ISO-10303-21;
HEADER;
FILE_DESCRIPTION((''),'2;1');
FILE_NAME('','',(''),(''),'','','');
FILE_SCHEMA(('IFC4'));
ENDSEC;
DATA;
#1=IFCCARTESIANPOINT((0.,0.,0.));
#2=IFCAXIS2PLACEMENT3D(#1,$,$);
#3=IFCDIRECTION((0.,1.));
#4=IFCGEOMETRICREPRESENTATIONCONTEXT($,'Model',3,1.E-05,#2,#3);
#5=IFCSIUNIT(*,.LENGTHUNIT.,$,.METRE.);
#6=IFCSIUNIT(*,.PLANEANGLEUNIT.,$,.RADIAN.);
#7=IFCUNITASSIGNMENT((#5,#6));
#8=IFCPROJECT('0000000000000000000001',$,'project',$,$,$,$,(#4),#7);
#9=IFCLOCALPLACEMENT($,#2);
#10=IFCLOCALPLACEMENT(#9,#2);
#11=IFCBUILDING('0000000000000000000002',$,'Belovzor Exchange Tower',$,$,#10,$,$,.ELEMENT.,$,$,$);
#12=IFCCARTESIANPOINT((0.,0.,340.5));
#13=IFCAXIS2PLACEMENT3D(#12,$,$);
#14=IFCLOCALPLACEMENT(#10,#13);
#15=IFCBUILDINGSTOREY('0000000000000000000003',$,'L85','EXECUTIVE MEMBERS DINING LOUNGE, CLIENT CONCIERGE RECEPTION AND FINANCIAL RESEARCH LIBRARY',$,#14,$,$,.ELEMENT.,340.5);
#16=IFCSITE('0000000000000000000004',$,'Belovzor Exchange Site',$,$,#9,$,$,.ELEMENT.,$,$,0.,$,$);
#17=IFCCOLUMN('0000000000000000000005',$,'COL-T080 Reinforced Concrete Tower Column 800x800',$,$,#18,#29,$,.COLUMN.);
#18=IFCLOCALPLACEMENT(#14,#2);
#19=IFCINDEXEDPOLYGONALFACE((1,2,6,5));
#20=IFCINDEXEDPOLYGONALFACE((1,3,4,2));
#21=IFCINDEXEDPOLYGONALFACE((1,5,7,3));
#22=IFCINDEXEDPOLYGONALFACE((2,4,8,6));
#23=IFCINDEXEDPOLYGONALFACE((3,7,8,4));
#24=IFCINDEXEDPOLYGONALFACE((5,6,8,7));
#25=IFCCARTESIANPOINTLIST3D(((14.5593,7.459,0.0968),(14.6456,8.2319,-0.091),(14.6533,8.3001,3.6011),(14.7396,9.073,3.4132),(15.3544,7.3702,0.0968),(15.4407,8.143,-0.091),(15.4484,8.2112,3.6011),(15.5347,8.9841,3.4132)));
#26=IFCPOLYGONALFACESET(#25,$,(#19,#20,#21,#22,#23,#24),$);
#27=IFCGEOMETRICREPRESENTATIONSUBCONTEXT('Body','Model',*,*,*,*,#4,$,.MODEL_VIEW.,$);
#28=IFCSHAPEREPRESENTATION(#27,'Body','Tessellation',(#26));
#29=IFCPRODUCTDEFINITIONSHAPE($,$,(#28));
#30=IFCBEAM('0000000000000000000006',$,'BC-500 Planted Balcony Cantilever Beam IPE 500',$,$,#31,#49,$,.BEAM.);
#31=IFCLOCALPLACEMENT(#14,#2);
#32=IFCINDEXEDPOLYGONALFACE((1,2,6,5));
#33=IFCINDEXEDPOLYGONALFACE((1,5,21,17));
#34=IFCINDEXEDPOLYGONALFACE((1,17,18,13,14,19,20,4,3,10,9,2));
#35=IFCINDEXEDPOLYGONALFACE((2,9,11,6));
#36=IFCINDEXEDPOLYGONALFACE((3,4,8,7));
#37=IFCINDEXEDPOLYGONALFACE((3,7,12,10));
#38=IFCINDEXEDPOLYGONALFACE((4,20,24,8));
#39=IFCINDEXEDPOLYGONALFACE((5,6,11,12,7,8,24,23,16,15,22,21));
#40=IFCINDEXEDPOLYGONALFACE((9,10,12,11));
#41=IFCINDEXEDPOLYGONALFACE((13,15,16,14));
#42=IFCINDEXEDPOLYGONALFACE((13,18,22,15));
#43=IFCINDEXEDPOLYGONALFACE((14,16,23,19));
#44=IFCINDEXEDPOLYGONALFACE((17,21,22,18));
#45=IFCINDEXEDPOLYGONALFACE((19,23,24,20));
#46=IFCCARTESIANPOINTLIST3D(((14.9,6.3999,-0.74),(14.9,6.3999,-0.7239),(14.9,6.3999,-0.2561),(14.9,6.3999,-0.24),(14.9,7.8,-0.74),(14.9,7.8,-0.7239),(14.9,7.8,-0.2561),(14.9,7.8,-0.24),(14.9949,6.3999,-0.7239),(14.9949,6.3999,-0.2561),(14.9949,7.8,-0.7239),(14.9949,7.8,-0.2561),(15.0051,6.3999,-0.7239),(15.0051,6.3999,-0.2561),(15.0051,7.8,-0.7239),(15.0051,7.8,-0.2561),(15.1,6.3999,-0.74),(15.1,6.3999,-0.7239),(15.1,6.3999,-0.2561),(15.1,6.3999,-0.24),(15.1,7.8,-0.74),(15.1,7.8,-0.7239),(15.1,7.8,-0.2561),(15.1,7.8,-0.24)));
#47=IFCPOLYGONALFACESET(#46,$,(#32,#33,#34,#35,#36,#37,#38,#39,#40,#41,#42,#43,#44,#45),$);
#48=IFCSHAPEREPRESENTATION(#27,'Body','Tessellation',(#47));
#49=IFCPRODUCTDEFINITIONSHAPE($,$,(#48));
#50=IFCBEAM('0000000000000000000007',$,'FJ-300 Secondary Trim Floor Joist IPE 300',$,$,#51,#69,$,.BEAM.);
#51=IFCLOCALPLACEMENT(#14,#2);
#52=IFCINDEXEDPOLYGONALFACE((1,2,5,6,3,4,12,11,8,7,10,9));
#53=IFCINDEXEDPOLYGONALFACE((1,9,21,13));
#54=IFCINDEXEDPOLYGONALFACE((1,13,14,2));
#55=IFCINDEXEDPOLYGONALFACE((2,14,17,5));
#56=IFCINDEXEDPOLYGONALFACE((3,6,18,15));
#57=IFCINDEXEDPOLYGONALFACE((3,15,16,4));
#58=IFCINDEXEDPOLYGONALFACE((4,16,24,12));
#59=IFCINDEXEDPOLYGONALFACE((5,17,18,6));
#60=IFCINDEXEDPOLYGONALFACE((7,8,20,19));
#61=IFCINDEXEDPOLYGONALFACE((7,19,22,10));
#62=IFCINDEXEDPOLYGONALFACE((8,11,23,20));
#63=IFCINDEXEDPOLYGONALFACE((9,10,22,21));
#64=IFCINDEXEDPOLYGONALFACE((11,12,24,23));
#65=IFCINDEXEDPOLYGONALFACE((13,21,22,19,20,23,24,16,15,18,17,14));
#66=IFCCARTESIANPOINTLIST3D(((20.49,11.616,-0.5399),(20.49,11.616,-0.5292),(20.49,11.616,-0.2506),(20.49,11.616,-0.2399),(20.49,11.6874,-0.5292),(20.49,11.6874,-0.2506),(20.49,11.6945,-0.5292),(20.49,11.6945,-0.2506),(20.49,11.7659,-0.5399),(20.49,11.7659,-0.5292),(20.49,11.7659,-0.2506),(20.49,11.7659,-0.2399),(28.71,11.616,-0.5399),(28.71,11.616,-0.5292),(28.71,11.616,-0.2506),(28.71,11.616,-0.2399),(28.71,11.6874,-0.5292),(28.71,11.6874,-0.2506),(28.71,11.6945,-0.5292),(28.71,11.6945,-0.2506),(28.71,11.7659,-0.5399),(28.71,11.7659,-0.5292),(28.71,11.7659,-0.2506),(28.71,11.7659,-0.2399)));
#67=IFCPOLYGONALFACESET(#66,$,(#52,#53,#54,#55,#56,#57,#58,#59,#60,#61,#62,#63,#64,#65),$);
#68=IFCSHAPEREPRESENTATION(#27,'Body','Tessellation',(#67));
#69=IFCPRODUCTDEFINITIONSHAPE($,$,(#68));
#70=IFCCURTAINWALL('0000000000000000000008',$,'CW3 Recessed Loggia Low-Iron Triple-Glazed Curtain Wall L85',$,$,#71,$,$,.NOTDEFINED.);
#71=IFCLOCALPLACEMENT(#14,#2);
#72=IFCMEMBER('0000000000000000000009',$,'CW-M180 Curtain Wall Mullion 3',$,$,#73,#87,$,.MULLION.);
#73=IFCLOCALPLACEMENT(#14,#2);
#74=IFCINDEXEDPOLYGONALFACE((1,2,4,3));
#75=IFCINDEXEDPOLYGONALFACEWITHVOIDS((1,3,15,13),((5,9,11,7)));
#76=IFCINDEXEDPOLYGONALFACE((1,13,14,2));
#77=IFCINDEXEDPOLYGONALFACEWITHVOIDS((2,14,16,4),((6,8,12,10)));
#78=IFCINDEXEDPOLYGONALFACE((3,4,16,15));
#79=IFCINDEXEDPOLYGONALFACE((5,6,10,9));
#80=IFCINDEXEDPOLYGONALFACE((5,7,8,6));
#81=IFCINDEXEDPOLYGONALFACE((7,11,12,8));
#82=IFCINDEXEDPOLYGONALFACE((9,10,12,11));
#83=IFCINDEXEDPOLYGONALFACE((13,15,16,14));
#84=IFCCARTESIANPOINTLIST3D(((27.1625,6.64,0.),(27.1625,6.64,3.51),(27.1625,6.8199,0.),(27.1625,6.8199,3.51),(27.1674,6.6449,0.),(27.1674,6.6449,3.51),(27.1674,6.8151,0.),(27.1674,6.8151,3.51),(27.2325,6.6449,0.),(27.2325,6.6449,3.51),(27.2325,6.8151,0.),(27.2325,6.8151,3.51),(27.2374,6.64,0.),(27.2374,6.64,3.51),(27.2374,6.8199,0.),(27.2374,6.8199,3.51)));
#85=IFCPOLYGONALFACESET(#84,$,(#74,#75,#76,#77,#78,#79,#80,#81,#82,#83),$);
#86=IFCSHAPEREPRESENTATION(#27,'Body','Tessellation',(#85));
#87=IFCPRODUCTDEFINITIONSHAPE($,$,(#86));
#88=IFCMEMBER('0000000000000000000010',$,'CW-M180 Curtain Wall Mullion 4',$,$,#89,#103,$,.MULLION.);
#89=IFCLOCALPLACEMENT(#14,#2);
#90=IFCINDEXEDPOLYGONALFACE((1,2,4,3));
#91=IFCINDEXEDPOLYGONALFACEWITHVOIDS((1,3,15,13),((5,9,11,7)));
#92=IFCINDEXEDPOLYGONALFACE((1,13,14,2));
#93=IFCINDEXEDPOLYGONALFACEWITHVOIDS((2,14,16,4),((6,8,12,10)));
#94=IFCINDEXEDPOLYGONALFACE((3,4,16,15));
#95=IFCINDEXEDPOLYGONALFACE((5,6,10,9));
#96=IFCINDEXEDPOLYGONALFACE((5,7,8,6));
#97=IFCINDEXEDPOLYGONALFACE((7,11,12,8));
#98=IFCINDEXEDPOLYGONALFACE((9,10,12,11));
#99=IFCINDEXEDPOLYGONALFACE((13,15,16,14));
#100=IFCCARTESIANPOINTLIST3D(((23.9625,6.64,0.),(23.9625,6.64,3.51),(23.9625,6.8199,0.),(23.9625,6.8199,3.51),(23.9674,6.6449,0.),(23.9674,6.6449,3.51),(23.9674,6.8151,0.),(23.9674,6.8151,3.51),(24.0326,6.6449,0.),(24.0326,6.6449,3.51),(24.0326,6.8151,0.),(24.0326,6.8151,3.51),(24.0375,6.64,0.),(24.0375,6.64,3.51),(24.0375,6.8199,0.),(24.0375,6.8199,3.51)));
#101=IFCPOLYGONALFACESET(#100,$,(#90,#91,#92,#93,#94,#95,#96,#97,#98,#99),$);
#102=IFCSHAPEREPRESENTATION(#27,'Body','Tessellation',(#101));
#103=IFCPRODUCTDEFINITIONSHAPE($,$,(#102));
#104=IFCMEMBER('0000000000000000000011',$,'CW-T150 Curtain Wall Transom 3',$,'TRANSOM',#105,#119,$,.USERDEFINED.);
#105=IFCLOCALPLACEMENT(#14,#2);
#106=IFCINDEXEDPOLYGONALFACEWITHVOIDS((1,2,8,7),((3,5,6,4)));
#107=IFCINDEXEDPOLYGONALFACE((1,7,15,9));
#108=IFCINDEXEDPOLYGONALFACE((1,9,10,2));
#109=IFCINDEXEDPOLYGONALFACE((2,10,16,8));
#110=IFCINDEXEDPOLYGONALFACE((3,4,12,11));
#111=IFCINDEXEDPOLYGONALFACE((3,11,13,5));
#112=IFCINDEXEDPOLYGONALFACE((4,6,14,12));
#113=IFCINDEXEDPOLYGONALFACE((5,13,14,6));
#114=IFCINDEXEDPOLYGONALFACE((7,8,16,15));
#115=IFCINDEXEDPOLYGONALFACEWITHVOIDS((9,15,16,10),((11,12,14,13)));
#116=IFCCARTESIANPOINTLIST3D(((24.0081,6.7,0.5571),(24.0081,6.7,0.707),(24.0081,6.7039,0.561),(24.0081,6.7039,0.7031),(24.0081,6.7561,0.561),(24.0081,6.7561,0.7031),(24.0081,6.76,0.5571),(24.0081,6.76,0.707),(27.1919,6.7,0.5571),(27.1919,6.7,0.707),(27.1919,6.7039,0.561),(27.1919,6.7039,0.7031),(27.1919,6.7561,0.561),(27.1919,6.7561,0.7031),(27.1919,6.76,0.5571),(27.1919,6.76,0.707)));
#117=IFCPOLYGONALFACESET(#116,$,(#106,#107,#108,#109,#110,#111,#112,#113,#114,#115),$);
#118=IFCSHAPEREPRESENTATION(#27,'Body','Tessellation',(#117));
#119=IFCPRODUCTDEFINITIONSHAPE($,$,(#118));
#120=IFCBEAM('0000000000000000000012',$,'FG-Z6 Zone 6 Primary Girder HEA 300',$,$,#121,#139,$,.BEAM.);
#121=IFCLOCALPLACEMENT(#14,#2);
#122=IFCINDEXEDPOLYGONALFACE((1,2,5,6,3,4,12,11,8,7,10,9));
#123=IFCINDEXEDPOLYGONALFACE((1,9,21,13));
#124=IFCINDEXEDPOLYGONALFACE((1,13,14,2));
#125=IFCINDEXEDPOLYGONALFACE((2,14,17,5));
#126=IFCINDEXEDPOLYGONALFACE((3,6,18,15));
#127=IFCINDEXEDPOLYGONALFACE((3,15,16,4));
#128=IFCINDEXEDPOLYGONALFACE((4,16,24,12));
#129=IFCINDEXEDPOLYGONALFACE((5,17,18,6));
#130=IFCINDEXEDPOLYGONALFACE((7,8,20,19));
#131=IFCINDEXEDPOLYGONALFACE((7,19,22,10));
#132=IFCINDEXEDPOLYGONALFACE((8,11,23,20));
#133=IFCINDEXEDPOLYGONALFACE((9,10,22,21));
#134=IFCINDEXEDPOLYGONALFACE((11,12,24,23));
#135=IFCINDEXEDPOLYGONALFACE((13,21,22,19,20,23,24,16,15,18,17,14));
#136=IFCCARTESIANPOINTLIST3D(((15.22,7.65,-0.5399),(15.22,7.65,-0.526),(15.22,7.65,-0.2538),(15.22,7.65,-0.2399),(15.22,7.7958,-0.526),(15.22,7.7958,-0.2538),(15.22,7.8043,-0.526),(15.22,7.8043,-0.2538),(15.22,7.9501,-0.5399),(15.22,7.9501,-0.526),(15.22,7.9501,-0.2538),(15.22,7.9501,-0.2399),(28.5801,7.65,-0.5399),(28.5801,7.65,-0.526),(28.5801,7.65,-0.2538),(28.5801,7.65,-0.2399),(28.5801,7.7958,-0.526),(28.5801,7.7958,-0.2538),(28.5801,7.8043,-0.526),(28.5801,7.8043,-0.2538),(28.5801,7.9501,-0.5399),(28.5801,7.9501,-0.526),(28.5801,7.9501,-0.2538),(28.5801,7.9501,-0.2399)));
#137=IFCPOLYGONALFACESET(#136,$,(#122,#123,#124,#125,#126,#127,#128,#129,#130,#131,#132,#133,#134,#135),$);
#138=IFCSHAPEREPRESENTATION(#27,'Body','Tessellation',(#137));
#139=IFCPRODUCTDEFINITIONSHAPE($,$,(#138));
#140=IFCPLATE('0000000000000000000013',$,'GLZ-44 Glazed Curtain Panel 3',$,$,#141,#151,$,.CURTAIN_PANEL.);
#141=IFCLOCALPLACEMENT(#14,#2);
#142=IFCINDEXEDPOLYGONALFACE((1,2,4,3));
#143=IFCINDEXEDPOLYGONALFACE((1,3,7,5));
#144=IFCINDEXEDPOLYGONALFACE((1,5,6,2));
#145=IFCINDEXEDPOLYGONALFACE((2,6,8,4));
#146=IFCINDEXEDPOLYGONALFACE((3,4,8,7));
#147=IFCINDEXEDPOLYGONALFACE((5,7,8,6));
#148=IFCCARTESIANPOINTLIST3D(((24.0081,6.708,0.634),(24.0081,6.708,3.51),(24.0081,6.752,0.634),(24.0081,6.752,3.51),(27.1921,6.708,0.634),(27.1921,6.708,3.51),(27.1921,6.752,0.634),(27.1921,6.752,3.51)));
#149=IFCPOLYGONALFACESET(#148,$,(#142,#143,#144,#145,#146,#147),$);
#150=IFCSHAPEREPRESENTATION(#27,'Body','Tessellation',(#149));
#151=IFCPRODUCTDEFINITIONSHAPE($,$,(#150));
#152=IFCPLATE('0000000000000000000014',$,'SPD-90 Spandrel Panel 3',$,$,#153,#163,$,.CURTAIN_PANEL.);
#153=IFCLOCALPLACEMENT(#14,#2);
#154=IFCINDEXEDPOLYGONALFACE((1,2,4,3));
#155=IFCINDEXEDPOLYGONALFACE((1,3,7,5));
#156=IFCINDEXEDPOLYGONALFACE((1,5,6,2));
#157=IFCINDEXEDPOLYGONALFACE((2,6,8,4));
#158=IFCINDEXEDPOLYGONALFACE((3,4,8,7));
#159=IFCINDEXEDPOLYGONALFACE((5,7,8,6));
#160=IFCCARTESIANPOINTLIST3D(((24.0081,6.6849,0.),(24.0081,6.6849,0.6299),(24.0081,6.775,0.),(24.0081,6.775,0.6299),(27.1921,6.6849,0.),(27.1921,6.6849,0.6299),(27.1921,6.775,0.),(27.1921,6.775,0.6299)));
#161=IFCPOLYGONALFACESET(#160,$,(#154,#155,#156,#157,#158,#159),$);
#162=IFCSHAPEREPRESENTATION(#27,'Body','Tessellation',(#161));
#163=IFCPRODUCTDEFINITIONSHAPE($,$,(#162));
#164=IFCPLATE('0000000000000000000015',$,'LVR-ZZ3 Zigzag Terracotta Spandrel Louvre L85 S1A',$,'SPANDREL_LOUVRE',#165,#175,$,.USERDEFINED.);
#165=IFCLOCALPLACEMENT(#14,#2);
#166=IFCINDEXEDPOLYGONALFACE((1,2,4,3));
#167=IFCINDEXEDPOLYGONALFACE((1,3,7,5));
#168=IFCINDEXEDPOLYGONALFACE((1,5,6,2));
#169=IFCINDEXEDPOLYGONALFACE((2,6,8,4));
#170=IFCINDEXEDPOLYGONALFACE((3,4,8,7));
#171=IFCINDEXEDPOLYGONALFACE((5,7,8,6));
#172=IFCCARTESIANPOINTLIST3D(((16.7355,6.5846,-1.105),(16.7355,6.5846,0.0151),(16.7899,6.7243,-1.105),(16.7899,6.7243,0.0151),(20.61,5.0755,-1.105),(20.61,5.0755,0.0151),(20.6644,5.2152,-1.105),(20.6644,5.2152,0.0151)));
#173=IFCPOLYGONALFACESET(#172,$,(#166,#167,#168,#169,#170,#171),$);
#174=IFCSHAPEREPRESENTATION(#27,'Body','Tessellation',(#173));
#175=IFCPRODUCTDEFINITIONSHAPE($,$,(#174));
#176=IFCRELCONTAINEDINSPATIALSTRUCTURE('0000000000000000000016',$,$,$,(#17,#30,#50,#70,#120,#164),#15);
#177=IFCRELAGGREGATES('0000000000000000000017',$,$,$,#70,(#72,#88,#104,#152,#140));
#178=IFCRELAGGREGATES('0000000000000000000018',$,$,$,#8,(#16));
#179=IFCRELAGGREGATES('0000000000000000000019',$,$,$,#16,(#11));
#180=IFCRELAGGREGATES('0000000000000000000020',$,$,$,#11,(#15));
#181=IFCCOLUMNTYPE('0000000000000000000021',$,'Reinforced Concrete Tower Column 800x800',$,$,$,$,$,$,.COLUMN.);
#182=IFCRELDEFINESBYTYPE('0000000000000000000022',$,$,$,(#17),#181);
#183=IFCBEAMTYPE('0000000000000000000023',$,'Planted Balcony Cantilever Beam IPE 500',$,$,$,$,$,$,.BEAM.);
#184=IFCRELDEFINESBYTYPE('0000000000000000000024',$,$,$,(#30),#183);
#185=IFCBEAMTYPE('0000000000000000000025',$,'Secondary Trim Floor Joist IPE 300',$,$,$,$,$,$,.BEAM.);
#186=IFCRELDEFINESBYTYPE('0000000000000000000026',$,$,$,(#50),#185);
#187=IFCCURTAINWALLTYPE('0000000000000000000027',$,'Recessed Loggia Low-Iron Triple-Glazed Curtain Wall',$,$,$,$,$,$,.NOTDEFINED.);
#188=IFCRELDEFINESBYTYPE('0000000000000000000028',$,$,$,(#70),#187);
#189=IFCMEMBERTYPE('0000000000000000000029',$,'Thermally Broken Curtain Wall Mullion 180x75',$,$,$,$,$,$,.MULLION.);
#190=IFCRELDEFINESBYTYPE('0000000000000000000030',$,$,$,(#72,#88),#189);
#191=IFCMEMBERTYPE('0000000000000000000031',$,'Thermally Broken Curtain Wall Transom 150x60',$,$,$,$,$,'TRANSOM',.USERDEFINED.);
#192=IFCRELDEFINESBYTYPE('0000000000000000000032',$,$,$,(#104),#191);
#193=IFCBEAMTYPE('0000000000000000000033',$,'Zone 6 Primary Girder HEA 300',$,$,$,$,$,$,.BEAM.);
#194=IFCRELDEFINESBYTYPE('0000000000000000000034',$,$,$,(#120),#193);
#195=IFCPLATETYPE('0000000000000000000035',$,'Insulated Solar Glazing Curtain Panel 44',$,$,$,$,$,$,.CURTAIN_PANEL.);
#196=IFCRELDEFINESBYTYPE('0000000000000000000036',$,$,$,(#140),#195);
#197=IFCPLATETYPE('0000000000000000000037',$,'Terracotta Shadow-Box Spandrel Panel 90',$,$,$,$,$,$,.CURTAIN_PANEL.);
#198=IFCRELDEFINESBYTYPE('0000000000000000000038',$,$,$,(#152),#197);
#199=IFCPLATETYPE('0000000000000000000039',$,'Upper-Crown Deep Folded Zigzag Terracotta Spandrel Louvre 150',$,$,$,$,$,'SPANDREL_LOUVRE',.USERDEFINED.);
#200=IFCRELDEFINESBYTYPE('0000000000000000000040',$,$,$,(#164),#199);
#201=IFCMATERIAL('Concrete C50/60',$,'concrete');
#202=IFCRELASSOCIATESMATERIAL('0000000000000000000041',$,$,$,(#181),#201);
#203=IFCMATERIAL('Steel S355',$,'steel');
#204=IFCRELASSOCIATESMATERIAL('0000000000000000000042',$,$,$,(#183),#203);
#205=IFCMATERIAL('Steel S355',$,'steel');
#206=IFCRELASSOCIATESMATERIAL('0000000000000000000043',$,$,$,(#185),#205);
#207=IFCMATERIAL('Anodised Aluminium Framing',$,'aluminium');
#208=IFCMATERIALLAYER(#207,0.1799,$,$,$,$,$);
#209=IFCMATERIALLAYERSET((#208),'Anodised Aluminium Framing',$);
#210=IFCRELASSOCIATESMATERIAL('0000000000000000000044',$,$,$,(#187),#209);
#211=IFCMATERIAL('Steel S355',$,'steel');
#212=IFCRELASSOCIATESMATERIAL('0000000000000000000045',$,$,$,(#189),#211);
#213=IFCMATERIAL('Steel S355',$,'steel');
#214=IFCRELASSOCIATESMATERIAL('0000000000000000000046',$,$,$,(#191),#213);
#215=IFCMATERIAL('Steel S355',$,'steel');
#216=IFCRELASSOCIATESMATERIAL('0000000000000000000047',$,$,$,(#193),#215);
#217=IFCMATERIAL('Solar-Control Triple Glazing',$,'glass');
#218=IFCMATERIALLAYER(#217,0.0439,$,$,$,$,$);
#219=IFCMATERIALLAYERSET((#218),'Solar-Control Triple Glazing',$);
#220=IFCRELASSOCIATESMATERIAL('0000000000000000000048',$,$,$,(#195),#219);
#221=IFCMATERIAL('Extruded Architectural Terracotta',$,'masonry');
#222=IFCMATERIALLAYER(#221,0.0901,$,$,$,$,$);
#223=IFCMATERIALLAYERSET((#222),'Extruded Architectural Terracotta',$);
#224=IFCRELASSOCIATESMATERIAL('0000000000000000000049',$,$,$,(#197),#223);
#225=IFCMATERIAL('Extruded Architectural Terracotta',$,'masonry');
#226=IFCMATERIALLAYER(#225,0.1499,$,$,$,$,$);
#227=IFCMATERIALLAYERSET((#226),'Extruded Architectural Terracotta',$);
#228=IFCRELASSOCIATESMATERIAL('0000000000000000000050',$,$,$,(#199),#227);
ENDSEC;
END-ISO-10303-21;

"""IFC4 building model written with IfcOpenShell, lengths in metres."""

from ifc_helpers import new_model, si_unit, direction, frame, origin, origin_2d, place, context, subcontext, project, spatial, rectangle, hollow_rectangle, i_section, extrude, material, layer, layer_set, material_profile, profile_set, type_object, element, aggregate, save


model = new_model("IFC4")

# Units and contexts
model_context = context("Model", 3, precision=1e-05, world=origin(), true_north=direction((0.0, 1.0)))
body_context = subcontext(model_context, "Body", "Model", "MODEL_VIEW")
ifc_project = project(units=[si_unit("LENGTHUNIT", "METRE"), si_unit("PLANEANGLEUNIT", "RADIAN")], contexts=[model_context])

# Site, building, storey
site_placement = place(None, origin())
site = spatial("IfcSite", under=ifc_project, at=site_placement, Name="Belovzor Exchange Site", CompositionType="ELEMENT", RefElevation=0.0)
building_placement = place(site_placement, origin())
building = spatial("IfcBuilding", under=site, at=building_placement, Name="Belovzor Exchange Tower", CompositionType="ELEMENT")
storey_placement = place(building_placement, frame((0.0, 0.0, 340.5)))
storey = spatial("IfcBuildingStorey", under=building, at=storey_placement, Name="L85", Description="EXECUTIVE MEMBERS DINING LOUNGE, CLIENT CONCIERGE RECEPTION AND FINANCIAL RESEARCH LIBRARY", CompositionType="ELEMENT", Elevation=340.5)

# Column
ifc_material_1 = material(Name="Concrete C50/60", Category="concrete")
ifc_material_profile_1 = material_profile(ifc_material_1, rectangle(XDim=0.8, YDim=0.8, at=origin_2d()))
ifc_profile_set_1 = profile_set([ifc_material_profile_1], Name="Concrete C50/60")
column_type = type_object("IfcColumnType", Name="Reinforced Concrete Tower Column 800x800", PredefinedType="COLUMN", material=ifc_profile_set_1)
column_placement = place(storey_placement, frame((15.0, 7.801, 0.0029), z_axis=(0.026074, 0.233312, 0.972052), x_axis=(-0.993813, 0.111065, 0.0)))
element("IfcColumn", 1, at=column_placement, inside=storey, type_object=column_type, Name="COL-T080 Reinforced Concrete Tower Column 800x800", PredefinedType="COLUMN", context=body_context, shape_type="SweptSolid", body=[
    extrude(rectangle(XDim=0.8, YDim=0.8, at=origin_2d()), origin(), (0.0, 0.0, 1.0), 3.605),
])

# Beams
ifc_material_2 = material(Name="Steel S355", Category="steel")
ifc_material_profile_2 = material_profile(ifc_material_2, i_section(OverallWidth=0.2, OverallDepth=0.5, WebThickness=0.0103, FlangeThickness=0.0161, at=origin_2d()))
ifc_profile_set_2 = profile_set([ifc_material_profile_2], Name="Steel S355")
beam_type_1 = type_object("IfcBeamType", Name="Planted Balcony Cantilever Beam IPE 500", PredefinedType="BEAM", material=ifc_profile_set_2)
beam_1_placement = place(storey_placement, frame((15.0, 7.8, -0.49), z_axis=(0.0, -1.0, 0.0), x_axis=(1.0, 0.0, 0.0)))
element("IfcBeam", 2, at=beam_1_placement, inside=storey, type_object=beam_type_1, Name="BC-500 Planted Balcony Cantilever Beam IPE 500", PredefinedType="BEAM", context=body_context, shape_type="SweptSolid", body=[
    extrude(i_section(OverallWidth=0.2, OverallDepth=0.5, WebThickness=0.0103, FlangeThickness=0.0161, at=origin_2d()), origin(), (0.0, 0.0, 1.0), 1.4001),
])
ifc_material_3 = material(Name="Steel S355", Category="steel")
ifc_material_profile_3 = material_profile(ifc_material_3, i_section(OverallWidth=0.1499, OverallDepth=0.3, WebThickness=0.0071, FlangeThickness=0.0107, at=origin_2d()))
ifc_profile_set_3 = profile_set([ifc_material_profile_3], Name="Steel S355")
beam_type_2 = type_object("IfcBeamType", Name="Secondary Trim Floor Joist IPE 300", PredefinedType="BEAM", material=ifc_profile_set_3)
beam_2_placement = place(storey_placement, frame((20.49, 11.6909, -0.3899), z_axis=(1.0, 0.0, 0.0), x_axis=(0.0, 1.0, 0.0)))
element("IfcBeam", 3, at=beam_2_placement, inside=storey, type_object=beam_type_2, Name="FJ-300 Secondary Trim Floor Joist IPE 300", PredefinedType="BEAM", context=body_context, shape_type="SweptSolid", body=[
    extrude(i_section(OverallWidth=0.1499, OverallDepth=0.3, WebThickness=0.0071, FlangeThickness=0.0107, at=origin_2d()), origin(), (0.0, 0.0, 1.0), 8.22),
])

# Curtain wall, members
ifc_material_4 = material(Name="Anodised Aluminium Framing", Category="aluminium")
ifc_layer_1 = layer(ifc_material_4, 0.1799)
ifc_layer_set_1 = layer_set([ifc_layer_1], Name="Anodised Aluminium Framing")
curtain_wall_type = type_object("IfcCurtainWallType", Name="Recessed Loggia Low-Iron Triple-Glazed Curtain Wall", PredefinedType="NOTDEFINED", material=ifc_layer_set_1)
curtain_wall_placement = place(storey_placement, origin())
curtain_wall = element("IfcCurtainWall", 4, at=curtain_wall_placement, inside=storey, type_object=curtain_wall_type, Name="CW3 Recessed Loggia Low-Iron Triple-Glazed Curtain Wall L85", PredefinedType="NOTDEFINED")
ifc_material_5 = material(Name="Steel S355", Category="steel")
ifc_material_profile_4 = material_profile(ifc_material_5, hollow_rectangle(XDim=0.075, YDim=0.1799, WallThickness=0.0049, at=origin_2d()))
ifc_profile_set_4 = profile_set([ifc_material_profile_4], Name="Steel S355")
member_type_1 = type_object("IfcMemberType", Name="Thermally Broken Curtain Wall Mullion 180x75", PredefinedType="MULLION", material=ifc_profile_set_4)
member_1_placement = place(storey_placement, frame((27.2, 6.73, 0.0), z_axis=(0.0, 0.0, 1.0), x_axis=(-1.0, 0.0, 0.0)))
member_1 = element("IfcMember", 5, at=member_1_placement, type_object=member_type_1, Name="CW-M180 Curtain Wall Mullion 3", PredefinedType="MULLION", context=body_context, shape_type="SweptSolid", body=[
    extrude(hollow_rectangle(XDim=0.075, YDim=0.1799, WallThickness=0.0049, at=origin_2d()), origin(), (0.0, 0.0, 1.0), 3.51),
])
member_2_placement = place(storey_placement, frame((24.0, 6.73, 0.0), z_axis=(0.0, 0.0, 1.0), x_axis=(-1.0, 0.0, 0.0)))
member_2 = element("IfcMember", 6, at=member_2_placement, type_object=member_type_1, Name="CW-M180 Curtain Wall Mullion 4", PredefinedType="MULLION", context=body_context, shape_type="SweptSolid", body=[
    extrude(hollow_rectangle(XDim=0.075, YDim=0.1799, WallThickness=0.0049, at=origin_2d()), origin(), (0.0, 0.0, 1.0), 3.51),
])
ifc_material_6 = material(Name="Steel S355", Category="steel")
ifc_material_profile_5 = material_profile(ifc_material_6, hollow_rectangle(XDim=0.0601, YDim=0.1499, WallThickness=0.0039, at=origin_2d()))
ifc_profile_set_5 = profile_set([ifc_material_profile_5], Name="Steel S355")
member_type_2 = type_object("IfcMemberType", Name="Thermally Broken Curtain Wall Transom 150x60", ElementType="TRANSOM", PredefinedType="USERDEFINED", material=ifc_profile_set_5)
member_3_placement = place(storey_placement, frame((27.1919, 6.73, 0.6321), z_axis=(-1.0, 0.0, 0.0), x_axis=(0.0, -1.0, 0.0)))
member_3 = element("IfcMember", 7, at=member_3_placement, type_object=member_type_2, Name="CW-T150 Curtain Wall Transom 3", ObjectType="TRANSOM", PredefinedType="USERDEFINED", context=body_context, shape_type="SweptSolid", body=[
    extrude(hollow_rectangle(XDim=0.0601, YDim=0.1499, WallThickness=0.0039, at=origin_2d()), origin(), (0.0, 0.0, 1.0), 3.1838),
])

# Beam
ifc_material_7 = material(Name="Steel S355", Category="steel")
ifc_material_profile_6 = material_profile(ifc_material_7, i_section(OverallWidth=0.3, OverallDepth=0.3, WebThickness=0.0085, FlangeThickness=0.0139, at=origin_2d()))
ifc_profile_set_6 = profile_set([ifc_material_profile_6], Name="Steel S355")
beam_type_3 = type_object("IfcBeamType", Name="Zone 6 Primary Girder HEA 300", PredefinedType="BEAM", material=ifc_profile_set_6)
beam_3_placement = place(storey_placement, frame((15.22, 7.8, -0.3899), z_axis=(1.0, 0.0, 0.0), x_axis=(0.0, 1.0, 0.0)))
element("IfcBeam", 8, at=beam_3_placement, inside=storey, type_object=beam_type_3, Name="FG-Z6 Zone 6 Primary Girder HEA 300", PredefinedType="BEAM", context=body_context, shape_type="SweptSolid", body=[
    extrude(i_section(OverallWidth=0.3, OverallDepth=0.3, WebThickness=0.0085, FlangeThickness=0.0139, at=origin_2d()), origin(), (0.0, 0.0, 1.0), 13.3601),
])

# Plates
ifc_material_8 = material(Name="Solar-Control Triple Glazing", Category="glass")
ifc_layer_2 = layer(ifc_material_8, 0.0439)
ifc_layer_set_2 = layer_set([ifc_layer_2], Name="Solar-Control Triple Glazing")
plate_type_1 = type_object("IfcPlateType", Name="Insulated Solar Glazing Curtain Panel 44", PredefinedType="CURTAIN_PANEL", material=ifc_layer_set_2)
plate_1_placement = place(storey_placement, frame((25.6001, 6.73, 0.634), z_axis=(0.0, 0.0, 1.0), x_axis=(-1.0, 0.0, 0.0)))
plate_1 = element("IfcPlate", 9, at=plate_1_placement, type_object=plate_type_1, Name="GLZ-44 Glazed Curtain Panel 3", PredefinedType="CURTAIN_PANEL", context=body_context, shape_type="SweptSolid", body=[
    extrude(rectangle(XDim=3.1841, YDim=0.0439, at=origin_2d()), origin(), (0.0, 0.0, 1.0), 2.876),
])
ifc_material_9 = material(Name="Extruded Architectural Terracotta", Category="masonry")
ifc_layer_3 = layer(ifc_material_9, 0.0901)
ifc_layer_set_3 = layer_set([ifc_layer_3], Name="Extruded Architectural Terracotta")
plate_type_2 = type_object("IfcPlateType", Name="Terracotta Shadow-Box Spandrel Panel 90", PredefinedType="CURTAIN_PANEL", material=ifc_layer_set_3)
plate_2_placement = place(storey_placement, frame((25.6001, 6.73, 0.0), z_axis=(0.0, 0.0, 1.0), x_axis=(-1.0, 0.0, 0.0)))
plate_2 = element("IfcPlate", 10, at=plate_2_placement, type_object=plate_type_2, Name="SPD-90 Spandrel Panel 3", PredefinedType="CURTAIN_PANEL", context=body_context, shape_type="SweptSolid", body=[
    extrude(rectangle(XDim=3.1841, YDim=0.0901, at=origin_2d()), origin(), (0.0, 0.0, 1.0), 0.6299),
])
aggregate(curtain_wall, [member_1, member_2, member_3, plate_2, plate_1])

# Plate
ifc_material_10 = material(Name="Extruded Architectural Terracotta", Category="masonry")
ifc_layer_4 = layer(ifc_material_10, 0.1499)
ifc_layer_set_4 = layer_set([ifc_layer_4], Name="Extruded Architectural Terracotta")
plate_type_3 = type_object("IfcPlateType", Name="Upper-Crown Deep Folded Zigzag Terracotta Spandrel Louvre 150", ElementType="SPANDREL_LOUVRE", PredefinedType="USERDEFINED", material=ifc_layer_set_4)
for number, where, z_axis, x_axis, name in (
    (11, (18.7, 5.8999, -1.105), (0.0, 0.0, 1.0), (0.931818, -0.362926, 0.0), "LVR-ZZ3 Zigzag Terracotta Spandrel Louvre L85 S1A"),
):
    element("IfcPlate", number, at=place(storey_placement, frame(where, z_axis=z_axis, x_axis=x_axis)), inside=storey, type_object=plate_type_3, Name=name, ObjectType="SPANDREL_LOUVRE", PredefinedType="USERDEFINED", context=body_context, shape_type="SweptSolid", body=[
        extrude(rectangle(XDim=4.158, YDim=0.1499, at=origin_2d()), origin(), (0.0, 0.0, 1.0), 1.1201),
    ])

save(model, "model.ifc")
